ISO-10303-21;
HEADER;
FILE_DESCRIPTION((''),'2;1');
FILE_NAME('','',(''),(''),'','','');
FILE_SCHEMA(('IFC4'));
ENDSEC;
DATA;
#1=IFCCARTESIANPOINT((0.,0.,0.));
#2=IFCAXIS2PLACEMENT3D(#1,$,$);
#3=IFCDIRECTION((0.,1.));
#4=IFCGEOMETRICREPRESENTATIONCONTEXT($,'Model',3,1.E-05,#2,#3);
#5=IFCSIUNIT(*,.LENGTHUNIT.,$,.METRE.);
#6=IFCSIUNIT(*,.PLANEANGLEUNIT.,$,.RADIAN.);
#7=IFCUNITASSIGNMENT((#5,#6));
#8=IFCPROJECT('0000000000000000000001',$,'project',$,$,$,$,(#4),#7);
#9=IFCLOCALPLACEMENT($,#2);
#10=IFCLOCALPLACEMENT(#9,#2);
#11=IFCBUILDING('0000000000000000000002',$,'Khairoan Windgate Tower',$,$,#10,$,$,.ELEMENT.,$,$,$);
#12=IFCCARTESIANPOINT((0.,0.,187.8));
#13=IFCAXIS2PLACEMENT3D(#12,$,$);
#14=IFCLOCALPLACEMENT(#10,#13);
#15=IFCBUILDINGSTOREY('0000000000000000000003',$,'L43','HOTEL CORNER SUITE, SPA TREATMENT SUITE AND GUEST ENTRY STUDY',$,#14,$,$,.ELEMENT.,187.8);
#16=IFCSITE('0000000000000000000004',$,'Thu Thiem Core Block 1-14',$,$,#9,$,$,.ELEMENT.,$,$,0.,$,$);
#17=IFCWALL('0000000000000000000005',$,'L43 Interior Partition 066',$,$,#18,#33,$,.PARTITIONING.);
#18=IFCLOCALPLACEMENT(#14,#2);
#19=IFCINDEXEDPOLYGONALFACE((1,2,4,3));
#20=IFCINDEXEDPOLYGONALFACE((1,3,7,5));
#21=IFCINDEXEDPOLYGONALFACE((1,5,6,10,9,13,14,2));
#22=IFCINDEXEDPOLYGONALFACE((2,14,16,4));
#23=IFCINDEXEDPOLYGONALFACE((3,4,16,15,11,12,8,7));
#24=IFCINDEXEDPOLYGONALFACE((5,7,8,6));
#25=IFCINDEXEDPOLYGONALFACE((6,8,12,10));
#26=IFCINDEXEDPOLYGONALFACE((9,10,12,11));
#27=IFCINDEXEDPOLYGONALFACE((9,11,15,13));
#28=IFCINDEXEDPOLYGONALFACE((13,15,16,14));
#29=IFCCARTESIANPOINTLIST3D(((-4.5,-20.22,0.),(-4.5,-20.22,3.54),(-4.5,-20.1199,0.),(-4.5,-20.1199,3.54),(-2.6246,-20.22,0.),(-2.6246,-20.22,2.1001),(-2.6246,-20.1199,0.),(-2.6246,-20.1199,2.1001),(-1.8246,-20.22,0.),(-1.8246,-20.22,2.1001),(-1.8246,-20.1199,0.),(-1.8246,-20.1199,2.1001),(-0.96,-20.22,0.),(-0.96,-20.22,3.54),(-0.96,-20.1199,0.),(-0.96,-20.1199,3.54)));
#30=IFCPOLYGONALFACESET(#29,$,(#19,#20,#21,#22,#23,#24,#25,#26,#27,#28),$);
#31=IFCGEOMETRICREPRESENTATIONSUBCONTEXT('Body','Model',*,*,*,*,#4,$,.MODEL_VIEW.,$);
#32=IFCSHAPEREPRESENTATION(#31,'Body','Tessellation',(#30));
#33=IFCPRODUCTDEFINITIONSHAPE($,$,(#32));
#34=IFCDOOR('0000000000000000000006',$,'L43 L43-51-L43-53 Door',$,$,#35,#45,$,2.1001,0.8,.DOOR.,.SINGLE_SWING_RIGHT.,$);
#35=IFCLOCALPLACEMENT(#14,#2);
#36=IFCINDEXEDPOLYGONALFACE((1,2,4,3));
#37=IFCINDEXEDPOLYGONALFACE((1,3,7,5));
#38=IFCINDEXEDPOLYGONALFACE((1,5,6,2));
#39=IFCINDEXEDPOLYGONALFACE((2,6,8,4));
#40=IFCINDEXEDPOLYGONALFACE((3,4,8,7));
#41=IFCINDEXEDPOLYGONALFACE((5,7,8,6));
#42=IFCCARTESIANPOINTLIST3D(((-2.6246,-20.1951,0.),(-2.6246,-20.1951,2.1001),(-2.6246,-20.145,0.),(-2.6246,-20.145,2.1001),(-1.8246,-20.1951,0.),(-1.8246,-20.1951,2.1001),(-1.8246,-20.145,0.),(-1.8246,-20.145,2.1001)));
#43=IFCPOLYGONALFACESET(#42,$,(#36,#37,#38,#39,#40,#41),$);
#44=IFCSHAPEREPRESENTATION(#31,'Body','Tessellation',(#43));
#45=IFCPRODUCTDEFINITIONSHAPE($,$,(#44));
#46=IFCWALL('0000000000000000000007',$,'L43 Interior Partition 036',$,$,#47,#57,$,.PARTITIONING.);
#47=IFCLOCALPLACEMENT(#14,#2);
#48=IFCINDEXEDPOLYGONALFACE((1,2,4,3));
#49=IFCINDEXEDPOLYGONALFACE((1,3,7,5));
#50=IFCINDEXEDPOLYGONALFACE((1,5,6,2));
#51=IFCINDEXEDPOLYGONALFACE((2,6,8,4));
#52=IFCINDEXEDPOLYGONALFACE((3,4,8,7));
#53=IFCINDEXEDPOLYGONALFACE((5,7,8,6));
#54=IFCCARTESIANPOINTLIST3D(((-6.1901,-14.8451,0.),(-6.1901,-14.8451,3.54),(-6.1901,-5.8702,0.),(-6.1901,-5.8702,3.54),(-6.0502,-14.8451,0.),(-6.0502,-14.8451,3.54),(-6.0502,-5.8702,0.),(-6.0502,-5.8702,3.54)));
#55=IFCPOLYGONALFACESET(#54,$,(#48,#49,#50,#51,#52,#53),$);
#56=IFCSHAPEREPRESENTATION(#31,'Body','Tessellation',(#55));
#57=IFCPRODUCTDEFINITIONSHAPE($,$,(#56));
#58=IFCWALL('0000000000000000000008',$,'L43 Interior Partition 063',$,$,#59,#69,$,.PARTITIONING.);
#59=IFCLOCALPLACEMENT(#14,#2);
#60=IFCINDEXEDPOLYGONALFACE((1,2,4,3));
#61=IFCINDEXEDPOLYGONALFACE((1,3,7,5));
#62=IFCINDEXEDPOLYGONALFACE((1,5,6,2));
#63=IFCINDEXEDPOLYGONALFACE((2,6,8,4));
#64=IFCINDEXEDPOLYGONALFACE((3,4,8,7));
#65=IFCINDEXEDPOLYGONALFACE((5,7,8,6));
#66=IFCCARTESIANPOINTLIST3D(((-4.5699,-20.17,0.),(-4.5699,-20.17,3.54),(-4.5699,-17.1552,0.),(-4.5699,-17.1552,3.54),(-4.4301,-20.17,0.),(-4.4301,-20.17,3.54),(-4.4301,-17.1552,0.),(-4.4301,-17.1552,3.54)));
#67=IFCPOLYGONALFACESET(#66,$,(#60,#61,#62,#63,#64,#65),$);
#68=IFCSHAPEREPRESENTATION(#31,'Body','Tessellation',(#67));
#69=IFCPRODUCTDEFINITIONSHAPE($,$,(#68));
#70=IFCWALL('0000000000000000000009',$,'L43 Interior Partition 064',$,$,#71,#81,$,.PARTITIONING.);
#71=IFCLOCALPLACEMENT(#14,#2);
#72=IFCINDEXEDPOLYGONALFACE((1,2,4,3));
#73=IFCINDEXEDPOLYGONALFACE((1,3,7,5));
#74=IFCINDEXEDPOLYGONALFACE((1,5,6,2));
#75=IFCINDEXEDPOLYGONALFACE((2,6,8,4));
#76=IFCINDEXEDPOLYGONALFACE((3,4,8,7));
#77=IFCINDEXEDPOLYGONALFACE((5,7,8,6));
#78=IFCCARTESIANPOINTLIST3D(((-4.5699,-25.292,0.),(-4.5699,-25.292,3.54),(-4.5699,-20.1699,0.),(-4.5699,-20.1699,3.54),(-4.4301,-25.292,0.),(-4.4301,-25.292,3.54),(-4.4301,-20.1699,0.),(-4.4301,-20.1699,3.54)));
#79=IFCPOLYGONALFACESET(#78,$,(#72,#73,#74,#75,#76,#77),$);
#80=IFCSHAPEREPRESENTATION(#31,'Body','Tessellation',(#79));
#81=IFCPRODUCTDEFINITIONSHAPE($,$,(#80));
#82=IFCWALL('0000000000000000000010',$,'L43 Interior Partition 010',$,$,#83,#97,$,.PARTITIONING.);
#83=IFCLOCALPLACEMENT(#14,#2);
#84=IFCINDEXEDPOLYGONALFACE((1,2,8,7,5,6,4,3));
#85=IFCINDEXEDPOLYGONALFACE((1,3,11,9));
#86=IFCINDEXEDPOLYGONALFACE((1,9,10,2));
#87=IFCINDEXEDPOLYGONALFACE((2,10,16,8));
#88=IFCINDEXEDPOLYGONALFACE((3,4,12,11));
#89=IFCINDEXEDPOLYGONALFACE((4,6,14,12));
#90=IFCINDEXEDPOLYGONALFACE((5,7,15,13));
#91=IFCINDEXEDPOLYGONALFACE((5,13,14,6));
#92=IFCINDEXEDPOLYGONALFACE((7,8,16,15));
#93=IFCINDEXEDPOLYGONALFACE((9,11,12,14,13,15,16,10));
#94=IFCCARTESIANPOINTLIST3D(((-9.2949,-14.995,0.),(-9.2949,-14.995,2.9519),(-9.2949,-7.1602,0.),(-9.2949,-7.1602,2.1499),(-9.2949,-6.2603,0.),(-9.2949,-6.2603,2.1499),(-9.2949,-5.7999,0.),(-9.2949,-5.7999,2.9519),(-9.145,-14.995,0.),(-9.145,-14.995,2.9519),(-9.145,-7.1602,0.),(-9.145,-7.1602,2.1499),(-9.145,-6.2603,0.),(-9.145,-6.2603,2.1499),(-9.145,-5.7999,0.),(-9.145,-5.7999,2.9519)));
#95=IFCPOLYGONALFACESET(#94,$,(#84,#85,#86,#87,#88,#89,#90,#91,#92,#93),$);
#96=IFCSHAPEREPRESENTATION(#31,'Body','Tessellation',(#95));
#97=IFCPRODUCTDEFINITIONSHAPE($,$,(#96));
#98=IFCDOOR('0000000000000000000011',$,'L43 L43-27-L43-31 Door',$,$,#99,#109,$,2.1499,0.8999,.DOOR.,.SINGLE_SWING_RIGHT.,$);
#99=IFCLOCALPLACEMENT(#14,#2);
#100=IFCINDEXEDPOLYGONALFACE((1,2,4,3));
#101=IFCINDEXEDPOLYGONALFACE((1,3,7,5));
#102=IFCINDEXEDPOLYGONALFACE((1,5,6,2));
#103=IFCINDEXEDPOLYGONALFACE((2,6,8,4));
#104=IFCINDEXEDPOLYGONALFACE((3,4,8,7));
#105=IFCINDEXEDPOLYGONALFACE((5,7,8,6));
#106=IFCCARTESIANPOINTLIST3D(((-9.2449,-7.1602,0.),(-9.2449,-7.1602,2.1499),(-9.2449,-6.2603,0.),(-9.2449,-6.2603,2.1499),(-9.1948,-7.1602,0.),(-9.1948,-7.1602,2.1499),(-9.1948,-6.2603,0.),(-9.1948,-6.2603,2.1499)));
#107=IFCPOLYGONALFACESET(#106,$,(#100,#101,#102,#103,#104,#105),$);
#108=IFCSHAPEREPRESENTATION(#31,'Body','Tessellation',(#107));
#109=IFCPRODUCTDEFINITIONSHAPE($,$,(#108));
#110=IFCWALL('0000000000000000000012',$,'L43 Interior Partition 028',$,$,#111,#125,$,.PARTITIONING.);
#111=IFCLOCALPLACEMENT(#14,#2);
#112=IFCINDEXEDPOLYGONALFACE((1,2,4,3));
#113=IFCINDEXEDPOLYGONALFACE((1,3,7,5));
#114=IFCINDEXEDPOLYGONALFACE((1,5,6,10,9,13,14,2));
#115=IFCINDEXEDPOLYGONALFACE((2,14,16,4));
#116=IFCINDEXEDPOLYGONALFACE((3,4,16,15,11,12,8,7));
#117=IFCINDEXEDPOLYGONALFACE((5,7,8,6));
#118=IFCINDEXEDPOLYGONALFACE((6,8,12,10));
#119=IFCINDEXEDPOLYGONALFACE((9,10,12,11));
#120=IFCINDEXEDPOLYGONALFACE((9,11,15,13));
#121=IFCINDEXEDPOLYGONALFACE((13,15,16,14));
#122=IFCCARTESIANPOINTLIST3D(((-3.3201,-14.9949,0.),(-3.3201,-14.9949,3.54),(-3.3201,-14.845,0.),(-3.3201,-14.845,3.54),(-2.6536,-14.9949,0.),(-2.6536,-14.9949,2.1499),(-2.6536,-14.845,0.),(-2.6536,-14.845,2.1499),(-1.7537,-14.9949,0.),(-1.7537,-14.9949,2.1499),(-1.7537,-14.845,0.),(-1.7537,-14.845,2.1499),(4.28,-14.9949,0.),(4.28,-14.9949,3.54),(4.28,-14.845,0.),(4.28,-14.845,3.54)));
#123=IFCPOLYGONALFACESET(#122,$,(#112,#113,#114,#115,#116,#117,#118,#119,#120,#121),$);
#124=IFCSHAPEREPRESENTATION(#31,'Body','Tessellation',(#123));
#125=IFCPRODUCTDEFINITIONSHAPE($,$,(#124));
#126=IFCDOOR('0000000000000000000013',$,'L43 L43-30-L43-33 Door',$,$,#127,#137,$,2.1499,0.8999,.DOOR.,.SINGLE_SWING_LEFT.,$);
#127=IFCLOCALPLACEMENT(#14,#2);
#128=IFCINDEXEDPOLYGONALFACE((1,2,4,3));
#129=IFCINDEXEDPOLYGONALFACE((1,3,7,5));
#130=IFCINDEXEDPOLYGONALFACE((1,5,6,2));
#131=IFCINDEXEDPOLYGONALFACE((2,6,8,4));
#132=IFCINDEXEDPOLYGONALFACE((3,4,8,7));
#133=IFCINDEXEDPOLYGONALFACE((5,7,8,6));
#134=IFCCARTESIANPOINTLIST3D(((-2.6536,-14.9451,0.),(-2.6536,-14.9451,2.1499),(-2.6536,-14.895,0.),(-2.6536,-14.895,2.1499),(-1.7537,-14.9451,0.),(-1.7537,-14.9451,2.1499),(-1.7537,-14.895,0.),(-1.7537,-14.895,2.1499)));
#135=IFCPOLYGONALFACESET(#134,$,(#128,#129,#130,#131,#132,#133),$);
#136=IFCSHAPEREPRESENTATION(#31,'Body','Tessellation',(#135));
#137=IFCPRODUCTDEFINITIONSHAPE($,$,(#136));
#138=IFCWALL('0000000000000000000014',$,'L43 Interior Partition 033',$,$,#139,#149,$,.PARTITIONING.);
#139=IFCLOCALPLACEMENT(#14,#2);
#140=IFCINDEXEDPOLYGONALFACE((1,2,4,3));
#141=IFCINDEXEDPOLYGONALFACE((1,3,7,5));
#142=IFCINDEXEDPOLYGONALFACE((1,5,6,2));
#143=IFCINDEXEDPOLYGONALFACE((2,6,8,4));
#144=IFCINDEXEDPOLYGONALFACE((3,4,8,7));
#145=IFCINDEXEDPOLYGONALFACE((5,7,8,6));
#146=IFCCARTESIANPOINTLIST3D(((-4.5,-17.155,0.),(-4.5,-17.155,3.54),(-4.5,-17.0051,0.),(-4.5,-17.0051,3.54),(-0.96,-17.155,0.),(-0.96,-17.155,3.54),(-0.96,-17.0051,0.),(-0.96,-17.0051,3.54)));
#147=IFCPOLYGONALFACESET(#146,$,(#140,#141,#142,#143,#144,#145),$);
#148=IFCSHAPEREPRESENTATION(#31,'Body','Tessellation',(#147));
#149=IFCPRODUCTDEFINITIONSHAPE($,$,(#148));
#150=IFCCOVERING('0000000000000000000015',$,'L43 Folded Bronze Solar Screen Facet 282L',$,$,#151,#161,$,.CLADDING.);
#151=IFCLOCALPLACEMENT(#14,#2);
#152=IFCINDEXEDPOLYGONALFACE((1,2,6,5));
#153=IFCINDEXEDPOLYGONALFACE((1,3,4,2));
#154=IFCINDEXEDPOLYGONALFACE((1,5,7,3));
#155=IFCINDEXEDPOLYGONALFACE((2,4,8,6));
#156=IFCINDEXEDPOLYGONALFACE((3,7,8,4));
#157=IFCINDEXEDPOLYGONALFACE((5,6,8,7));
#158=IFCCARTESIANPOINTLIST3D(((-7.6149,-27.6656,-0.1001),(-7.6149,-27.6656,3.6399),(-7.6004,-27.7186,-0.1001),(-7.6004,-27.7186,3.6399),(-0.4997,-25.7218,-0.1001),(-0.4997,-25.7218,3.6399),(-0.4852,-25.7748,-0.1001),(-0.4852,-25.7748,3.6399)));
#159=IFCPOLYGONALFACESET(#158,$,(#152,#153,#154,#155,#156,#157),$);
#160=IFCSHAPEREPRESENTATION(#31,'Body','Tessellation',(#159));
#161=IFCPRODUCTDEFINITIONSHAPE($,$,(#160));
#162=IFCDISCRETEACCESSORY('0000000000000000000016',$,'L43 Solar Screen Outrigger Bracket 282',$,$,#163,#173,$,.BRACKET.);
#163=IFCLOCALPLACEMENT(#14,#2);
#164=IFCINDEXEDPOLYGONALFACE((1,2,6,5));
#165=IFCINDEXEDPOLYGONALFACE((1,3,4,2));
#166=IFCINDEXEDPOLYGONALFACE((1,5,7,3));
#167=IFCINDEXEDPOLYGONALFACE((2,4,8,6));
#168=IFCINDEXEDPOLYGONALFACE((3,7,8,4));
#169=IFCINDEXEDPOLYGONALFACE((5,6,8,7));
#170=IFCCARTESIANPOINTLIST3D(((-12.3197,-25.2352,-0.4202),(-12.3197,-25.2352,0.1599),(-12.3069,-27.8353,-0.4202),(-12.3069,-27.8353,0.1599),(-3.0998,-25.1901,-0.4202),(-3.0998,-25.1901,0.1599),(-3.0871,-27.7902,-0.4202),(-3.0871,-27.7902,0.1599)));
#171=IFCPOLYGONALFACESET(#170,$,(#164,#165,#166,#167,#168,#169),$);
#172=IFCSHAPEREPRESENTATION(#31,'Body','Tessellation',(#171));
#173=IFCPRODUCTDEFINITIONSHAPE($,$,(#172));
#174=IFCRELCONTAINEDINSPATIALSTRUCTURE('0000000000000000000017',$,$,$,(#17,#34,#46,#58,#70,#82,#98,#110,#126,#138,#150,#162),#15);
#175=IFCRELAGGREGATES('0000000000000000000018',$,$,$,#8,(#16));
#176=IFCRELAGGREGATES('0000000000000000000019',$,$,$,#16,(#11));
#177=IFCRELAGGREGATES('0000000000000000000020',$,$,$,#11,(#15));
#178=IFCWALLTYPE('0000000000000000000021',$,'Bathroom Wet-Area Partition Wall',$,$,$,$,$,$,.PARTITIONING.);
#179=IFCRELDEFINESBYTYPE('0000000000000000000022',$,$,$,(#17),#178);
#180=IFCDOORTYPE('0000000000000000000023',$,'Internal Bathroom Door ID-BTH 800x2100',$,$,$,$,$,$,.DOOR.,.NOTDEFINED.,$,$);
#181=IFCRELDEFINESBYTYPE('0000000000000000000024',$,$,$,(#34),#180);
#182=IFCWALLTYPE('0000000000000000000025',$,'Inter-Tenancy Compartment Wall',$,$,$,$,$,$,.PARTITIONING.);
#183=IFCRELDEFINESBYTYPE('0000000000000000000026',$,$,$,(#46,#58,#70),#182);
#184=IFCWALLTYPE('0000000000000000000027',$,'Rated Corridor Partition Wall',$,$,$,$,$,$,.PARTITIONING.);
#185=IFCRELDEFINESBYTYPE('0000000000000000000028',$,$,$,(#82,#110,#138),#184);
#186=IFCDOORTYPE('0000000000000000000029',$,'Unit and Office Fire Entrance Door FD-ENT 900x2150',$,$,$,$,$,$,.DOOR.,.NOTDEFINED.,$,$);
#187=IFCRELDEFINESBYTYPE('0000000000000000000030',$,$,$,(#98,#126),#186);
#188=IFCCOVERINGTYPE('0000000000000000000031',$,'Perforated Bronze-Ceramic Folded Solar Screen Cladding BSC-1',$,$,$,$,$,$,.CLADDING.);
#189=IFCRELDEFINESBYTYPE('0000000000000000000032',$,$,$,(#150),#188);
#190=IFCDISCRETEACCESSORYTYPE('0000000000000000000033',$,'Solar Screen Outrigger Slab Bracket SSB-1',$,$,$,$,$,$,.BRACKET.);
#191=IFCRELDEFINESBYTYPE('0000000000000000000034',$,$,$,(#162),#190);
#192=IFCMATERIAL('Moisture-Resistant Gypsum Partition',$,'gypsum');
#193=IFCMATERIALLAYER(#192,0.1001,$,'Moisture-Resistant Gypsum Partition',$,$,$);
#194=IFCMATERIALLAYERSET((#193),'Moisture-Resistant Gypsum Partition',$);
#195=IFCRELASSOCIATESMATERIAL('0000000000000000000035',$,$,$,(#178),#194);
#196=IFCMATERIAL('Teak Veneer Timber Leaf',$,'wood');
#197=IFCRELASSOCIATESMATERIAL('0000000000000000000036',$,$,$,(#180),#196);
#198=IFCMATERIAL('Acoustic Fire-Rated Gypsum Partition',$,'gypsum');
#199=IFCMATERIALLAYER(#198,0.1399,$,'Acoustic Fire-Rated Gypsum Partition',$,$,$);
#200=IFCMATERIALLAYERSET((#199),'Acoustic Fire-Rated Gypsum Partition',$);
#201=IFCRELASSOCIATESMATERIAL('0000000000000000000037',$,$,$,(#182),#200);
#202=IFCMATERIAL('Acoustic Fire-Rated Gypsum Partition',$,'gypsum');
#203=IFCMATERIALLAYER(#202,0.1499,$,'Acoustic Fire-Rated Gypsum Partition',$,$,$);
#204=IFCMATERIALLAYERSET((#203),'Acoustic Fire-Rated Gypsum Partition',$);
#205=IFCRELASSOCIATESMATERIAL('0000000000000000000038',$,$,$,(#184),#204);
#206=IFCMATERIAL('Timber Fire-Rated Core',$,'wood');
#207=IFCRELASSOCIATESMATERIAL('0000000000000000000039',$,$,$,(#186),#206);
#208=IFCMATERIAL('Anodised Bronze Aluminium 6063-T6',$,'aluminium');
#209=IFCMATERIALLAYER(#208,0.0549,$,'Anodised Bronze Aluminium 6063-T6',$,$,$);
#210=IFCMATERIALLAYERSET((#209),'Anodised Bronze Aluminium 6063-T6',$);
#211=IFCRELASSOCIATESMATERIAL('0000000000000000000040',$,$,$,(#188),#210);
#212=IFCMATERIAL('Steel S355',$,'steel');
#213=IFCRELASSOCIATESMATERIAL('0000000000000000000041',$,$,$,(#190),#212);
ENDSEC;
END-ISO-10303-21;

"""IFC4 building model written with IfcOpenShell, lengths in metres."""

from ifc_helpers import new_model, si_unit, direction, frame, frame_2d, origin, origin_2d, place, context, subcontext, project, spatial, rectangle, extrude, material, layer, layer_set, type_object, element, fill, save


model = new_model("IFC4")

# Units and contexts
model_context = context("Model", 3, precision=1e-05, world=origin(), true_north=direction((0.0, 1.0)))
body_context = subcontext(model_context, "Body", "Model", "MODEL_VIEW")
ifc_project = project(units=[si_unit("LENGTHUNIT", "METRE"), si_unit("PLANEANGLEUNIT", "RADIAN")], contexts=[model_context])

# Site, building, storey
site_placement = place(None, origin())
site = spatial("IfcSite", under=ifc_project, at=site_placement, Name="Thu Thiem Core Block 1-14", CompositionType="ELEMENT", RefElevation=0.0)
building_placement = place(site_placement, origin())
building = spatial("IfcBuilding", under=site, at=building_placement, Name="Khairoan Windgate Tower", CompositionType="ELEMENT")
storey_placement = place(building_placement, frame((0.0, 0.0, 187.8)))
storey = spatial("IfcBuildingStorey", under=building, at=storey_placement, Name="L43", Description="HOTEL CORNER SUITE, SPA TREATMENT SUITE AND GUEST ENTRY STUDY", CompositionType="ELEMENT", Elevation=187.8)

# Wall, opening, door
ifc_material_1 = material(Name="Moisture-Resistant Gypsum Partition", Category="gypsum")
ifc_layer_1 = layer(ifc_material_1, 0.1001, Name="Moisture-Resistant Gypsum Partition")
ifc_layer_set_1 = layer_set([ifc_layer_1], Name="Moisture-Resistant Gypsum Partition")
wall_type_1 = type_object("IfcWallType", Name="Bathroom Wet-Area Partition Wall", PredefinedType="PARTITIONING", material=ifc_layer_set_1)
wall_1_placement = place(storey_placement, frame((-4.5, -20.1699, 0.0), z_axis=(0.0, 0.0, 1.0), x_axis=(1.0, 0.0, 0.0)))
wall_1 = element("IfcWall", 1, at=wall_1_placement, inside=storey, type_object=wall_type_1, Name="L43 Interior Partition 066", PredefinedType="PARTITIONING", context=body_context, shape_type="SweptSolid", body=[
    extrude(rectangle(XDim=3.54, YDim=0.1001, at=frame_2d((1.77, 0.0))), origin(), (0.0, 0.0, 1.0), 3.54),
])
opening_1_placement = place(wall_1_placement, frame((1.8755, 0.0, 0.0)))
opening_1 = element("IfcOpeningElement", 2, at=opening_1_placement, cuts=wall_1, PredefinedType="OPENING", context=body_context, shape_type="SweptSolid", body=[
    extrude(rectangle(XDim=0.8, YDim=2.1001, at=frame_2d((0.3999, 1.05))), frame((0.0, 0.0601, 0.0), z_axis=(0.0, -1.0, 0.0), x_axis=(1.0, 0.0, 0.0)), (0.0, 0.0, 1.0), 0.1201),
])
ifc_material_2 = material(Name="Teak Veneer Timber Leaf", Category="wood")
door_type_1 = type_object("IfcDoorType", Name="Internal Bathroom Door ID-BTH 800x2100", OperationType="NOTDEFINED", PredefinedType="DOOR", material=ifc_material_2)
door_1_placement = place(opening_1_placement, origin())
door_1 = element("IfcDoor", 3, at=door_1_placement, inside=storey, type_object=door_type_1, Name="L43 L43-51-L43-53 Door", OperationType="SINGLE_SWING_RIGHT", OverallHeight=2.1001, OverallWidth=0.8, PredefinedType="DOOR", context=body_context, shape_type="SweptSolid", body=[
    extrude(rectangle(XDim=0.8, YDim=2.1001, at=frame_2d((0.3999, 1.05))), frame((0.0, 0.0249, 0.0), z_axis=(0.0, -1.0, 0.0), x_axis=(1.0, 0.0, 0.0)), (0.0, 0.0, 1.0), 0.05),
])
fill(opening_1, door_1)

# Walls
ifc_material_3 = material(Name="Acoustic Fire-Rated Gypsum Partition", Category="gypsum")
ifc_layer_2 = layer(ifc_material_3, 0.1399, Name="Acoustic Fire-Rated Gypsum Partition")
ifc_layer_set_2 = layer_set([ifc_layer_2], Name="Acoustic Fire-Rated Gypsum Partition")
wall_type_2 = type_object("IfcWallType", Name="Inter-Tenancy Compartment Wall", PredefinedType="PARTITIONING", material=ifc_layer_set_2)
wall_2_placement = place(storey_placement, frame((-6.1201, -14.845, 0.0), z_axis=(0.0, 0.0, 1.0), x_axis=(0.0, 1.0, 0.0)))
element("IfcWall", 4, at=wall_2_placement, inside=storey, type_object=wall_type_2, Name="L43 Interior Partition 036", PredefinedType="PARTITIONING", context=body_context, shape_type="SweptSolid", body=[
    extrude(rectangle(XDim=8.9749, YDim=0.1399, at=frame_2d((4.4873, 0.0))), origin(), (0.0, 0.0, 1.0), 3.54),
])
wall_3_placement = place(storey_placement, frame((-4.5, -20.1699, 0.0), z_axis=(0.0, 0.0, 1.0), x_axis=(0.0, 1.0, 0.0)))
element("IfcWall", 5, at=wall_3_placement, inside=storey, type_object=wall_type_2, Name="L43 Interior Partition 063", PredefinedType="PARTITIONING", context=body_context, shape_type="SweptSolid", body=[
    extrude(rectangle(XDim=3.0149, YDim=0.1399, at=frame_2d((1.5073, 0.0))), origin(), (0.0, 0.0, 1.0), 3.54),
])
wall_4_placement = place(storey_placement, frame((-4.5, -25.292, 0.0), z_axis=(0.0, 0.0, 1.0), x_axis=(0.0, 1.0, 0.0)))
element("IfcWall", 6, at=wall_4_placement, inside=storey, type_object=wall_type_2, Name="L43 Interior Partition 064", PredefinedType="PARTITIONING", context=body_context, shape_type="SweptSolid", body=[
    extrude(rectangle(XDim=5.1221, YDim=0.1399, at=frame_2d((2.561, 0.0))), origin(), (0.0, 0.0, 1.0), 3.54),
])

# Walls, openings, doors
ifc_material_4 = material(Name="Acoustic Fire-Rated Gypsum Partition", Category="gypsum")
ifc_layer_3 = layer(ifc_material_4, 0.1499, Name="Acoustic Fire-Rated Gypsum Partition")
ifc_layer_set_3 = layer_set([ifc_layer_3], Name="Acoustic Fire-Rated Gypsum Partition")
wall_type_3 = type_object("IfcWallType", Name="Rated Corridor Partition Wall", PredefinedType="PARTITIONING", material=ifc_layer_set_3)
wall_5_placement = place(storey_placement, frame((-9.22, -14.9951, 0.0), z_axis=(0.0, 0.0, 1.0), x_axis=(0.0, 1.0, 0.0)))
wall_5 = element("IfcWall", 7, at=wall_5_placement, inside=storey, type_object=wall_type_3, Name="L43 Interior Partition 010", PredefinedType="PARTITIONING", context=body_context, shape_type="SweptSolid", body=[
    extrude(rectangle(XDim=9.1951, YDim=0.1499, at=frame_2d((4.5977, 0.0))), origin(), (0.0, 0.0, 1.0), 2.9519),
])
opening_2_placement = place(wall_5_placement, frame((7.835, 0.0, 0.0)))
opening_2 = element("IfcOpeningElement", 8, at=opening_2_placement, cuts=wall_5, PredefinedType="OPENING", context=body_context, shape_type="SweptSolid", body=[
    extrude(rectangle(XDim=0.8999, YDim=2.1499, at=frame_2d((0.45, 1.075))), frame((0.0, 0.085, 0.0), z_axis=(0.0, -1.0, 0.0), x_axis=(1.0, 0.0, 0.0)), (0.0, 0.0, 1.0), 0.1699),
])
ifc_material_5 = material(Name="Timber Fire-Rated Core", Category="wood")
door_type_2 = type_object("IfcDoorType", Name="Unit and Office Fire Entrance Door FD-ENT 900x2150", OperationType="NOTDEFINED", PredefinedType="DOOR", material=ifc_material_5)
door_2_placement = place(opening_2_placement, origin())
door_2 = element("IfcDoor", 9, at=door_2_placement, inside=storey, type_object=door_type_2, Name="L43 L43-27-L43-31 Door", OperationType="SINGLE_SWING_RIGHT", OverallHeight=2.1499, OverallWidth=0.8999, PredefinedType="DOOR", context=body_context, shape_type="SweptSolid", body=[
    extrude(rectangle(XDim=0.8999, YDim=2.1499, at=frame_2d((0.45, 1.075))), frame((0.0, 0.0249, 0.0), z_axis=(0.0, -1.0, 0.0), x_axis=(1.0, 0.0, 0.0)), (0.0, 0.0, 1.0), 0.05),
])
fill(opening_2, door_2)
wall_6_placement = place(storey_placement, frame((-3.3201, -14.9199, 0.0), z_axis=(0.0, 0.0, 1.0), x_axis=(1.0, 0.0, 0.0)))
wall_6 = element("IfcWall", 10, at=wall_6_placement, inside=storey, type_object=wall_type_3, Name="L43 Interior Partition 028", PredefinedType="PARTITIONING", context=body_context, shape_type="SweptSolid", body=[
    extrude(rectangle(XDim=7.6001, YDim=0.1499, at=frame_2d((3.8, 0.0))), origin(), (0.0, 0.0, 1.0), 3.54),
])
opening_3_placement = place(wall_6_placement, frame((0.6665, 0.0, 0.0)))
opening_3 = element("IfcOpeningElement", 11, at=opening_3_placement, cuts=wall_6, PredefinedType="OPENING", context=body_context, shape_type="SweptSolid", body=[
    extrude(rectangle(XDim=0.8999, YDim=2.1499, at=frame_2d((0.45, 1.075))), frame((0.0, 0.085, 0.0), z_axis=(0.0, -1.0, 0.0), x_axis=(1.0, 0.0, 0.0)), (0.0, 0.0, 1.0), 0.1699),
])
door_3_placement = place(opening_3_placement, origin())
door_3 = element("IfcDoor", 12, at=door_3_placement, inside=storey, type_object=door_type_2, Name="L43 L43-30-L43-33 Door", OperationType="SINGLE_SWING_LEFT", OverallHeight=2.1499, OverallWidth=0.8999, PredefinedType="DOOR", context=body_context, shape_type="SweptSolid", body=[
    extrude(rectangle(XDim=0.8999, YDim=2.1499, at=frame_2d((0.45, 1.075))), frame((0.0, 0.0249, 0.0), z_axis=(0.0, -1.0, 0.0), x_axis=(1.0, 0.0, 0.0)), (0.0, 0.0, 1.0), 0.05),
])
fill(opening_3, door_3)

# Wall
wall_7_placement = place(storey_placement, frame((-4.5, -17.0801, 0.0), z_axis=(0.0, 0.0, 1.0), x_axis=(1.0, 0.0, 0.0)))
element("IfcWall", 13, at=wall_7_placement, inside=storey, type_object=wall_type_3, Name="L43 Interior Partition 033", PredefinedType="PARTITIONING", context=body_context, shape_type="SweptSolid", body=[
    extrude(rectangle(XDim=3.54, YDim=0.1499, at=frame_2d((1.77, 0.0))), origin(), (0.0, 0.0, 1.0), 3.54),
])

# Covering
ifc_material_6 = material(Name="Anodised Bronze Aluminium 6063-T6", Category="aluminium")
ifc_layer_4 = layer(ifc_material_6, 0.0549, Name="Anodised Bronze Aluminium 6063-T6")
ifc_layer_set_4 = layer_set([ifc_layer_4], Name="Anodised Bronze Aluminium 6063-T6")
covering_type = type_object("IfcCoveringType", Name="Perforated Bronze-Ceramic Folded Solar Screen Cladding BSC-1", PredefinedType="CLADDING", material=ifc_layer_set_4)
covering_placement = place(storey_placement, frame((-4.05, -26.7202, -0.1001), z_axis=(0.0, 0.0, 1.0), x_axis=(-0.964649, -0.263536, 0.0)))
element("IfcCovering", 14, at=covering_placement, inside=storey, type_object=covering_type, Name="L43 Folded Bronze Solar Screen Facet 282L", PredefinedType="CLADDING", context=body_context, shape_type="SweptSolid", body=[
    extrude(rectangle(XDim=7.376, YDim=0.0549, at=origin_2d()), origin(), (0.0, 0.0, 1.0), 3.74),
])

# Discrete accessory
ifc_material_7 = material(Name="Steel S355", Category="steel")
discrete_accessory_type = type_object("IfcDiscreteAccessoryType", Name="Solar Screen Outrigger Slab Bracket SSB-1", PredefinedType="BRACKET", material=ifc_material_7)
discrete_accessory_placement = place(storey_placement, frame((-7.7034, -26.5127, -0.4202), z_axis=(0.0, 0.0, 1.0), x_axis=(-0.999988, -0.004887, 0.0)))
element("IfcDiscreteAccessory", 15, at=discrete_accessory_placement, inside=storey, type_object=discrete_accessory_type, Name="L43 Solar Screen Outrigger Bracket 282", PredefinedType="BRACKET", context=body_context, shape_type="SweptSolid", body=[
    extrude(rectangle(XDim=9.22, YDim=2.6001, at=origin_2d()), origin(), (0.0, 0.0, 1.0), 0.5801),
])

save(model, "model.ifc")
